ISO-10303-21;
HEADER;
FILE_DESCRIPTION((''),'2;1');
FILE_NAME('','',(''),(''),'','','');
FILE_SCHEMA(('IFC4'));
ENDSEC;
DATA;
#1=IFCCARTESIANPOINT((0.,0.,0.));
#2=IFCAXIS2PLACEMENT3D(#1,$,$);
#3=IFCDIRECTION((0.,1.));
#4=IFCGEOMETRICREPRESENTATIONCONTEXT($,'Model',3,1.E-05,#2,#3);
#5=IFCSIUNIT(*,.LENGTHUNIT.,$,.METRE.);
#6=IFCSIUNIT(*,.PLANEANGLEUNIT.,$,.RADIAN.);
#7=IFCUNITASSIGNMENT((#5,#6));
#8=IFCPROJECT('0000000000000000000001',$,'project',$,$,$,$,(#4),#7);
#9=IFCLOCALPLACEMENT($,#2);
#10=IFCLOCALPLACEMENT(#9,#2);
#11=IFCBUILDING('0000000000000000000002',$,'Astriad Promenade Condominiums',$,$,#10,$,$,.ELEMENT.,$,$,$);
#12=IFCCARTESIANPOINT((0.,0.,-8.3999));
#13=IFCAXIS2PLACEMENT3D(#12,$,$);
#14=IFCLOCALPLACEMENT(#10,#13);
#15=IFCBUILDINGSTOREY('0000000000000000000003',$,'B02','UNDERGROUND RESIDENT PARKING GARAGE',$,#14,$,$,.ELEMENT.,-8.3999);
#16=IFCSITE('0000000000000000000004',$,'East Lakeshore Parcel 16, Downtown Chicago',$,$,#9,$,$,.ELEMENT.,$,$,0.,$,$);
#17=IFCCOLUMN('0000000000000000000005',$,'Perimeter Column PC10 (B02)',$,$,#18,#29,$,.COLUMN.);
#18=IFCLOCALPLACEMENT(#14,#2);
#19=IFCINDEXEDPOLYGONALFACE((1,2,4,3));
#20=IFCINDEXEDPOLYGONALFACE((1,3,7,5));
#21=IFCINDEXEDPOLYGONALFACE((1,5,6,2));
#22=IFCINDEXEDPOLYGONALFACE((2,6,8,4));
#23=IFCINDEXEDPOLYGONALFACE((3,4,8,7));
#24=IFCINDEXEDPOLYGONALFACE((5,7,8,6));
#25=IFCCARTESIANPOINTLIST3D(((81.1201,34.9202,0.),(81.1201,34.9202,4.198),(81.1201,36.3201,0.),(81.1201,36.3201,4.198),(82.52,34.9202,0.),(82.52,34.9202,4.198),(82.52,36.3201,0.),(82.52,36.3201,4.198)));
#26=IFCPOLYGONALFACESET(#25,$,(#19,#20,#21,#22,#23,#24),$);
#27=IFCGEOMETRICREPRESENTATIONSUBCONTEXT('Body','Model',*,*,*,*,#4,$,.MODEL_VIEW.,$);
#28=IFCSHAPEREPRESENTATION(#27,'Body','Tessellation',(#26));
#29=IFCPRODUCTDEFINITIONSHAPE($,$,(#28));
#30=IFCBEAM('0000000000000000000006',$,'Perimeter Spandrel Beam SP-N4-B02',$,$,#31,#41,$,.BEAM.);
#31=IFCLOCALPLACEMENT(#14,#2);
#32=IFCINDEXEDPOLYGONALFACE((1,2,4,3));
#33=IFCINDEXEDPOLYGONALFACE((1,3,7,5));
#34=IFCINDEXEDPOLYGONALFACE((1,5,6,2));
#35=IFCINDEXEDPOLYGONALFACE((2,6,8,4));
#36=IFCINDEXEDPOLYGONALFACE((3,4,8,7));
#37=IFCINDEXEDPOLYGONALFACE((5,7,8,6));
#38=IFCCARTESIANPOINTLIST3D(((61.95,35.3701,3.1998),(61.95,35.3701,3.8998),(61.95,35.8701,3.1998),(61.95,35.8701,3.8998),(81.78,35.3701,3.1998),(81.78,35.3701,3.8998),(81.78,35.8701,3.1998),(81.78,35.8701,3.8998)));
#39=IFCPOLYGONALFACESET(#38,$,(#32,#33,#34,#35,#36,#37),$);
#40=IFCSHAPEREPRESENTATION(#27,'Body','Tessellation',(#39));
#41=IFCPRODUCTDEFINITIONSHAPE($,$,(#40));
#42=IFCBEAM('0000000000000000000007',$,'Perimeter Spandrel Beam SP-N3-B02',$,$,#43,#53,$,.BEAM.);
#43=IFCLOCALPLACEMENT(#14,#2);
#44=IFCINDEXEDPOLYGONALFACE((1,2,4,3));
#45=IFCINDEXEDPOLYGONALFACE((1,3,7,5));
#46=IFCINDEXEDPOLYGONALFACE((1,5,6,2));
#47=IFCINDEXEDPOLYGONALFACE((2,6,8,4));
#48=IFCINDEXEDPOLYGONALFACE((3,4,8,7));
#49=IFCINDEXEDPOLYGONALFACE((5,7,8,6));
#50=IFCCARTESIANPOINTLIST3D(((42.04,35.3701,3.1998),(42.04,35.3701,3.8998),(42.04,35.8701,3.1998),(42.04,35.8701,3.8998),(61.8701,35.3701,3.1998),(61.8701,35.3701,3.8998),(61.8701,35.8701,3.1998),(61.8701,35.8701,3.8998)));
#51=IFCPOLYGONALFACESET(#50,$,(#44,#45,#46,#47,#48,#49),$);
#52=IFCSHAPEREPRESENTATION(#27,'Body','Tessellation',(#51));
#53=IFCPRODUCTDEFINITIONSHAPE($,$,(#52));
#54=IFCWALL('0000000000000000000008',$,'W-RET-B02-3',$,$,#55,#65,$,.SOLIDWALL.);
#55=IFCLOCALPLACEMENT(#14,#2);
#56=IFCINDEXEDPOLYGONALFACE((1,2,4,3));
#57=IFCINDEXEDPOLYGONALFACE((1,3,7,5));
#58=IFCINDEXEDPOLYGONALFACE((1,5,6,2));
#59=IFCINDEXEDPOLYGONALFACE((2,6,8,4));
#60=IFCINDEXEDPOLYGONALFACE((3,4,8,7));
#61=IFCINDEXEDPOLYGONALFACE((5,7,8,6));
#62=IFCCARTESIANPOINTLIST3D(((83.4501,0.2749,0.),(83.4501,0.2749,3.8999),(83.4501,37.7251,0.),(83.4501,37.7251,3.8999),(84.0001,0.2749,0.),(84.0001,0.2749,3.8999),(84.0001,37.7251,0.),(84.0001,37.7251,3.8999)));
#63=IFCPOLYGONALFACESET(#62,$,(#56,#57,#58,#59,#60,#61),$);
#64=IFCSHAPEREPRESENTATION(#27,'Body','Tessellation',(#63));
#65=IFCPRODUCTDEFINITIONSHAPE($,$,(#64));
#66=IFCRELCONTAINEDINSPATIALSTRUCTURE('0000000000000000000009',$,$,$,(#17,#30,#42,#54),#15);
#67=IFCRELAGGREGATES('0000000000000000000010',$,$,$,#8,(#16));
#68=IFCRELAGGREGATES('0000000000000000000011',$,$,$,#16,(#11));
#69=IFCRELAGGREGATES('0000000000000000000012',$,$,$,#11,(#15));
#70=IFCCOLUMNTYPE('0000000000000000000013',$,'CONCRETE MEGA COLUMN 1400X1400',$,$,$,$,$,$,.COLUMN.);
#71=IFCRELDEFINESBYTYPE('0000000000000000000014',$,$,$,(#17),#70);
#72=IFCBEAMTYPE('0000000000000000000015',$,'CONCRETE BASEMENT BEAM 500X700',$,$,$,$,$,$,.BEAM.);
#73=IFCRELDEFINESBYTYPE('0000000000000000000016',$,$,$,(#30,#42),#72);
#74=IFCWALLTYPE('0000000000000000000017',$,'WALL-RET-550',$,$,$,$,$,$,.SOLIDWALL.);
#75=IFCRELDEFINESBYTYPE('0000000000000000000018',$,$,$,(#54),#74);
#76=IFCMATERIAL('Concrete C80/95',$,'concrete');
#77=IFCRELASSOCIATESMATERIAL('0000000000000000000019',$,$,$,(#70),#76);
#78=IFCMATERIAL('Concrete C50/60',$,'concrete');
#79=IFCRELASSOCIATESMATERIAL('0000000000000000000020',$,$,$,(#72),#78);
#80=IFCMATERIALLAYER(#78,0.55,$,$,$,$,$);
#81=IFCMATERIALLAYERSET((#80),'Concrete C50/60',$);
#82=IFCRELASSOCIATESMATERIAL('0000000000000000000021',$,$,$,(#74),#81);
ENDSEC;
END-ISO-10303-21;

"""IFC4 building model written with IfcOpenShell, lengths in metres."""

from ifc_helpers import new_model, si_unit, direction, frame, frame_2d, origin, origin_2d, place, context, subcontext, project, spatial, rectangle, extrude, source, transform, mapped, material, layer, layer_set, material_profile, profile_set, type_object, type_shapes, element, save


model = new_model("IFC4")

# Units and contexts
model_context = context("Model", 3, precision=1e-05, world=origin(), true_north=direction((0.0, 1.0)))
body_context = subcontext(model_context, "Body", "Model", "MODEL_VIEW")
ifc_project = project(units=[si_unit("LENGTHUNIT", "METRE"), si_unit("PLANEANGLEUNIT", "RADIAN")], contexts=[model_context])

# Site, building, storey
site_placement = place(None, origin())
site = spatial("IfcSite", under=ifc_project, at=site_placement, Name="East Lakeshore Parcel 16, Downtown Chicago", CompositionType="ELEMENT", RefElevation=0.0)
building_placement = place(site_placement, origin())
building = spatial("IfcBuilding", under=site, at=building_placement, Name="Astriad Promenade Condominiums", CompositionType="ELEMENT")
storey_placement = place(building_placement, frame((0.0, 0.0, -8.3999)))
storey = spatial("IfcBuildingStorey", under=building, at=storey_placement, Name="B02", Description="UNDERGROUND RESIDENT PARKING GARAGE", CompositionType="ELEMENT", Elevation=-8.3999)

# Shared definitions
ifc_material_1 = material(Name="Concrete C50/60", Category="concrete")

# Column
ifc_material_2 = material(Name="Concrete C80/95", Category="concrete")
ifc_material_profile_1 = material_profile(ifc_material_2, rectangle(XDim=1.3999, YDim=1.3999, at=origin_2d()), Name="RC-COL-1400X1400")
ifc_profile_set_1 = profile_set([ifc_material_profile_1], Name="Concrete C80/95")
column_type = type_object("IfcColumnType", Name="CONCRETE MEGA COLUMN 1400X1400", PredefinedType="COLUMN", material=ifc_profile_set_1)
shared_shape_1 = source(origin(), body_context, "Body", "SweptSolid", [
    extrude(rectangle(XDim=1.3999, YDim=1.3999, at=origin_2d()), origin(), (0.0, 0.0, 1.0), 4.198),
])
type_shapes(column_type, [shared_shape_1])
for number, where, z_axis, x_axis, name in (
    (1, (81.8201, 35.6201, 0.0), (0.0, 0.0, 1.0), (1.0, 0.0, 0.0), "Perimeter Column PC10 (B02)"),
):
    element("IfcColumn", number, at=place(storey_placement, frame(where, z_axis=z_axis, x_axis=x_axis)), inside=storey, type_object=column_type, Name=name, PredefinedType="COLUMN", context=body_context, shape_type="MappedRepresentation", body=[
        mapped(shared_shape_1, transform((0.0, 0.0, 0.0), scale=1.0)),
    ])

# Beams
ifc_material_profile_2 = material_profile(ifc_material_1, rectangle(XDim=0.5, YDim=0.7, at=origin_2d()), Name="RC-BM-500X700")
ifc_profile_set_2 = profile_set([ifc_material_profile_2], Name="Concrete C50/60")
beam_type = type_object("IfcBeamType", Name="CONCRETE BASEMENT BEAM 500X700", PredefinedType="BEAM", material=ifc_profile_set_2)
shared_shape_2 = source(origin(), body_context, "Body", "SweptSolid", [
    extrude(rectangle(XDim=0.5, YDim=0.7, at=origin_2d()), origin(), (0.0, 0.0, 1.0), 19.8301),
])
type_shapes(beam_type, [shared_shape_2])
for number, where, z_axis, x_axis, name in (
    (2, (81.78, 35.6201, 3.5498), (-1.0, 0.0, 0.0), (0.0, -1.0, 0.0), "Perimeter Spandrel Beam SP-N4-B02"),
    (3, (61.8701, 35.6201, 3.5498), (-1.0, 0.0, 0.0), (0.0, -1.0, 0.0), "Perimeter Spandrel Beam SP-N3-B02"),
):
    element("IfcBeam", number, at=place(storey_placement, frame(where, z_axis=z_axis, x_axis=x_axis)), inside=storey, type_object=beam_type, Name=name, PredefinedType="BEAM", context=body_context, shape_type="MappedRepresentation", body=[
        mapped(shared_shape_2, transform((0.0, 0.0, 0.0), scale=1.0)),
    ])

# Wall
ifc_layer = layer(ifc_material_1, 0.55)
ifc_layer_set = layer_set([ifc_layer], Name="Concrete C50/60")
wall_type = type_object("IfcWallType", Name="WALL-RET-550", PredefinedType="SOLIDWALL", material=ifc_layer_set)
wall_placement = place(storey_placement, frame((83.7251, 37.7251, 0.0), z_axis=(0.0, 0.0, 1.0), x_axis=(0.0, -1.0, 0.0)))
element("IfcWall", 4, at=wall_placement, inside=storey, type_object=wall_type, Name="W-RET-B02-3", PredefinedType="SOLIDWALL", context=body_context, shape_type="SweptSolid", body=[
    extrude(rectangle(XDim=37.4502, YDim=0.55, at=frame_2d((18.7251, 0.0))), origin(), (0.0, 0.0, 1.0), 3.8999),
])

save(model, "model.ifc")
